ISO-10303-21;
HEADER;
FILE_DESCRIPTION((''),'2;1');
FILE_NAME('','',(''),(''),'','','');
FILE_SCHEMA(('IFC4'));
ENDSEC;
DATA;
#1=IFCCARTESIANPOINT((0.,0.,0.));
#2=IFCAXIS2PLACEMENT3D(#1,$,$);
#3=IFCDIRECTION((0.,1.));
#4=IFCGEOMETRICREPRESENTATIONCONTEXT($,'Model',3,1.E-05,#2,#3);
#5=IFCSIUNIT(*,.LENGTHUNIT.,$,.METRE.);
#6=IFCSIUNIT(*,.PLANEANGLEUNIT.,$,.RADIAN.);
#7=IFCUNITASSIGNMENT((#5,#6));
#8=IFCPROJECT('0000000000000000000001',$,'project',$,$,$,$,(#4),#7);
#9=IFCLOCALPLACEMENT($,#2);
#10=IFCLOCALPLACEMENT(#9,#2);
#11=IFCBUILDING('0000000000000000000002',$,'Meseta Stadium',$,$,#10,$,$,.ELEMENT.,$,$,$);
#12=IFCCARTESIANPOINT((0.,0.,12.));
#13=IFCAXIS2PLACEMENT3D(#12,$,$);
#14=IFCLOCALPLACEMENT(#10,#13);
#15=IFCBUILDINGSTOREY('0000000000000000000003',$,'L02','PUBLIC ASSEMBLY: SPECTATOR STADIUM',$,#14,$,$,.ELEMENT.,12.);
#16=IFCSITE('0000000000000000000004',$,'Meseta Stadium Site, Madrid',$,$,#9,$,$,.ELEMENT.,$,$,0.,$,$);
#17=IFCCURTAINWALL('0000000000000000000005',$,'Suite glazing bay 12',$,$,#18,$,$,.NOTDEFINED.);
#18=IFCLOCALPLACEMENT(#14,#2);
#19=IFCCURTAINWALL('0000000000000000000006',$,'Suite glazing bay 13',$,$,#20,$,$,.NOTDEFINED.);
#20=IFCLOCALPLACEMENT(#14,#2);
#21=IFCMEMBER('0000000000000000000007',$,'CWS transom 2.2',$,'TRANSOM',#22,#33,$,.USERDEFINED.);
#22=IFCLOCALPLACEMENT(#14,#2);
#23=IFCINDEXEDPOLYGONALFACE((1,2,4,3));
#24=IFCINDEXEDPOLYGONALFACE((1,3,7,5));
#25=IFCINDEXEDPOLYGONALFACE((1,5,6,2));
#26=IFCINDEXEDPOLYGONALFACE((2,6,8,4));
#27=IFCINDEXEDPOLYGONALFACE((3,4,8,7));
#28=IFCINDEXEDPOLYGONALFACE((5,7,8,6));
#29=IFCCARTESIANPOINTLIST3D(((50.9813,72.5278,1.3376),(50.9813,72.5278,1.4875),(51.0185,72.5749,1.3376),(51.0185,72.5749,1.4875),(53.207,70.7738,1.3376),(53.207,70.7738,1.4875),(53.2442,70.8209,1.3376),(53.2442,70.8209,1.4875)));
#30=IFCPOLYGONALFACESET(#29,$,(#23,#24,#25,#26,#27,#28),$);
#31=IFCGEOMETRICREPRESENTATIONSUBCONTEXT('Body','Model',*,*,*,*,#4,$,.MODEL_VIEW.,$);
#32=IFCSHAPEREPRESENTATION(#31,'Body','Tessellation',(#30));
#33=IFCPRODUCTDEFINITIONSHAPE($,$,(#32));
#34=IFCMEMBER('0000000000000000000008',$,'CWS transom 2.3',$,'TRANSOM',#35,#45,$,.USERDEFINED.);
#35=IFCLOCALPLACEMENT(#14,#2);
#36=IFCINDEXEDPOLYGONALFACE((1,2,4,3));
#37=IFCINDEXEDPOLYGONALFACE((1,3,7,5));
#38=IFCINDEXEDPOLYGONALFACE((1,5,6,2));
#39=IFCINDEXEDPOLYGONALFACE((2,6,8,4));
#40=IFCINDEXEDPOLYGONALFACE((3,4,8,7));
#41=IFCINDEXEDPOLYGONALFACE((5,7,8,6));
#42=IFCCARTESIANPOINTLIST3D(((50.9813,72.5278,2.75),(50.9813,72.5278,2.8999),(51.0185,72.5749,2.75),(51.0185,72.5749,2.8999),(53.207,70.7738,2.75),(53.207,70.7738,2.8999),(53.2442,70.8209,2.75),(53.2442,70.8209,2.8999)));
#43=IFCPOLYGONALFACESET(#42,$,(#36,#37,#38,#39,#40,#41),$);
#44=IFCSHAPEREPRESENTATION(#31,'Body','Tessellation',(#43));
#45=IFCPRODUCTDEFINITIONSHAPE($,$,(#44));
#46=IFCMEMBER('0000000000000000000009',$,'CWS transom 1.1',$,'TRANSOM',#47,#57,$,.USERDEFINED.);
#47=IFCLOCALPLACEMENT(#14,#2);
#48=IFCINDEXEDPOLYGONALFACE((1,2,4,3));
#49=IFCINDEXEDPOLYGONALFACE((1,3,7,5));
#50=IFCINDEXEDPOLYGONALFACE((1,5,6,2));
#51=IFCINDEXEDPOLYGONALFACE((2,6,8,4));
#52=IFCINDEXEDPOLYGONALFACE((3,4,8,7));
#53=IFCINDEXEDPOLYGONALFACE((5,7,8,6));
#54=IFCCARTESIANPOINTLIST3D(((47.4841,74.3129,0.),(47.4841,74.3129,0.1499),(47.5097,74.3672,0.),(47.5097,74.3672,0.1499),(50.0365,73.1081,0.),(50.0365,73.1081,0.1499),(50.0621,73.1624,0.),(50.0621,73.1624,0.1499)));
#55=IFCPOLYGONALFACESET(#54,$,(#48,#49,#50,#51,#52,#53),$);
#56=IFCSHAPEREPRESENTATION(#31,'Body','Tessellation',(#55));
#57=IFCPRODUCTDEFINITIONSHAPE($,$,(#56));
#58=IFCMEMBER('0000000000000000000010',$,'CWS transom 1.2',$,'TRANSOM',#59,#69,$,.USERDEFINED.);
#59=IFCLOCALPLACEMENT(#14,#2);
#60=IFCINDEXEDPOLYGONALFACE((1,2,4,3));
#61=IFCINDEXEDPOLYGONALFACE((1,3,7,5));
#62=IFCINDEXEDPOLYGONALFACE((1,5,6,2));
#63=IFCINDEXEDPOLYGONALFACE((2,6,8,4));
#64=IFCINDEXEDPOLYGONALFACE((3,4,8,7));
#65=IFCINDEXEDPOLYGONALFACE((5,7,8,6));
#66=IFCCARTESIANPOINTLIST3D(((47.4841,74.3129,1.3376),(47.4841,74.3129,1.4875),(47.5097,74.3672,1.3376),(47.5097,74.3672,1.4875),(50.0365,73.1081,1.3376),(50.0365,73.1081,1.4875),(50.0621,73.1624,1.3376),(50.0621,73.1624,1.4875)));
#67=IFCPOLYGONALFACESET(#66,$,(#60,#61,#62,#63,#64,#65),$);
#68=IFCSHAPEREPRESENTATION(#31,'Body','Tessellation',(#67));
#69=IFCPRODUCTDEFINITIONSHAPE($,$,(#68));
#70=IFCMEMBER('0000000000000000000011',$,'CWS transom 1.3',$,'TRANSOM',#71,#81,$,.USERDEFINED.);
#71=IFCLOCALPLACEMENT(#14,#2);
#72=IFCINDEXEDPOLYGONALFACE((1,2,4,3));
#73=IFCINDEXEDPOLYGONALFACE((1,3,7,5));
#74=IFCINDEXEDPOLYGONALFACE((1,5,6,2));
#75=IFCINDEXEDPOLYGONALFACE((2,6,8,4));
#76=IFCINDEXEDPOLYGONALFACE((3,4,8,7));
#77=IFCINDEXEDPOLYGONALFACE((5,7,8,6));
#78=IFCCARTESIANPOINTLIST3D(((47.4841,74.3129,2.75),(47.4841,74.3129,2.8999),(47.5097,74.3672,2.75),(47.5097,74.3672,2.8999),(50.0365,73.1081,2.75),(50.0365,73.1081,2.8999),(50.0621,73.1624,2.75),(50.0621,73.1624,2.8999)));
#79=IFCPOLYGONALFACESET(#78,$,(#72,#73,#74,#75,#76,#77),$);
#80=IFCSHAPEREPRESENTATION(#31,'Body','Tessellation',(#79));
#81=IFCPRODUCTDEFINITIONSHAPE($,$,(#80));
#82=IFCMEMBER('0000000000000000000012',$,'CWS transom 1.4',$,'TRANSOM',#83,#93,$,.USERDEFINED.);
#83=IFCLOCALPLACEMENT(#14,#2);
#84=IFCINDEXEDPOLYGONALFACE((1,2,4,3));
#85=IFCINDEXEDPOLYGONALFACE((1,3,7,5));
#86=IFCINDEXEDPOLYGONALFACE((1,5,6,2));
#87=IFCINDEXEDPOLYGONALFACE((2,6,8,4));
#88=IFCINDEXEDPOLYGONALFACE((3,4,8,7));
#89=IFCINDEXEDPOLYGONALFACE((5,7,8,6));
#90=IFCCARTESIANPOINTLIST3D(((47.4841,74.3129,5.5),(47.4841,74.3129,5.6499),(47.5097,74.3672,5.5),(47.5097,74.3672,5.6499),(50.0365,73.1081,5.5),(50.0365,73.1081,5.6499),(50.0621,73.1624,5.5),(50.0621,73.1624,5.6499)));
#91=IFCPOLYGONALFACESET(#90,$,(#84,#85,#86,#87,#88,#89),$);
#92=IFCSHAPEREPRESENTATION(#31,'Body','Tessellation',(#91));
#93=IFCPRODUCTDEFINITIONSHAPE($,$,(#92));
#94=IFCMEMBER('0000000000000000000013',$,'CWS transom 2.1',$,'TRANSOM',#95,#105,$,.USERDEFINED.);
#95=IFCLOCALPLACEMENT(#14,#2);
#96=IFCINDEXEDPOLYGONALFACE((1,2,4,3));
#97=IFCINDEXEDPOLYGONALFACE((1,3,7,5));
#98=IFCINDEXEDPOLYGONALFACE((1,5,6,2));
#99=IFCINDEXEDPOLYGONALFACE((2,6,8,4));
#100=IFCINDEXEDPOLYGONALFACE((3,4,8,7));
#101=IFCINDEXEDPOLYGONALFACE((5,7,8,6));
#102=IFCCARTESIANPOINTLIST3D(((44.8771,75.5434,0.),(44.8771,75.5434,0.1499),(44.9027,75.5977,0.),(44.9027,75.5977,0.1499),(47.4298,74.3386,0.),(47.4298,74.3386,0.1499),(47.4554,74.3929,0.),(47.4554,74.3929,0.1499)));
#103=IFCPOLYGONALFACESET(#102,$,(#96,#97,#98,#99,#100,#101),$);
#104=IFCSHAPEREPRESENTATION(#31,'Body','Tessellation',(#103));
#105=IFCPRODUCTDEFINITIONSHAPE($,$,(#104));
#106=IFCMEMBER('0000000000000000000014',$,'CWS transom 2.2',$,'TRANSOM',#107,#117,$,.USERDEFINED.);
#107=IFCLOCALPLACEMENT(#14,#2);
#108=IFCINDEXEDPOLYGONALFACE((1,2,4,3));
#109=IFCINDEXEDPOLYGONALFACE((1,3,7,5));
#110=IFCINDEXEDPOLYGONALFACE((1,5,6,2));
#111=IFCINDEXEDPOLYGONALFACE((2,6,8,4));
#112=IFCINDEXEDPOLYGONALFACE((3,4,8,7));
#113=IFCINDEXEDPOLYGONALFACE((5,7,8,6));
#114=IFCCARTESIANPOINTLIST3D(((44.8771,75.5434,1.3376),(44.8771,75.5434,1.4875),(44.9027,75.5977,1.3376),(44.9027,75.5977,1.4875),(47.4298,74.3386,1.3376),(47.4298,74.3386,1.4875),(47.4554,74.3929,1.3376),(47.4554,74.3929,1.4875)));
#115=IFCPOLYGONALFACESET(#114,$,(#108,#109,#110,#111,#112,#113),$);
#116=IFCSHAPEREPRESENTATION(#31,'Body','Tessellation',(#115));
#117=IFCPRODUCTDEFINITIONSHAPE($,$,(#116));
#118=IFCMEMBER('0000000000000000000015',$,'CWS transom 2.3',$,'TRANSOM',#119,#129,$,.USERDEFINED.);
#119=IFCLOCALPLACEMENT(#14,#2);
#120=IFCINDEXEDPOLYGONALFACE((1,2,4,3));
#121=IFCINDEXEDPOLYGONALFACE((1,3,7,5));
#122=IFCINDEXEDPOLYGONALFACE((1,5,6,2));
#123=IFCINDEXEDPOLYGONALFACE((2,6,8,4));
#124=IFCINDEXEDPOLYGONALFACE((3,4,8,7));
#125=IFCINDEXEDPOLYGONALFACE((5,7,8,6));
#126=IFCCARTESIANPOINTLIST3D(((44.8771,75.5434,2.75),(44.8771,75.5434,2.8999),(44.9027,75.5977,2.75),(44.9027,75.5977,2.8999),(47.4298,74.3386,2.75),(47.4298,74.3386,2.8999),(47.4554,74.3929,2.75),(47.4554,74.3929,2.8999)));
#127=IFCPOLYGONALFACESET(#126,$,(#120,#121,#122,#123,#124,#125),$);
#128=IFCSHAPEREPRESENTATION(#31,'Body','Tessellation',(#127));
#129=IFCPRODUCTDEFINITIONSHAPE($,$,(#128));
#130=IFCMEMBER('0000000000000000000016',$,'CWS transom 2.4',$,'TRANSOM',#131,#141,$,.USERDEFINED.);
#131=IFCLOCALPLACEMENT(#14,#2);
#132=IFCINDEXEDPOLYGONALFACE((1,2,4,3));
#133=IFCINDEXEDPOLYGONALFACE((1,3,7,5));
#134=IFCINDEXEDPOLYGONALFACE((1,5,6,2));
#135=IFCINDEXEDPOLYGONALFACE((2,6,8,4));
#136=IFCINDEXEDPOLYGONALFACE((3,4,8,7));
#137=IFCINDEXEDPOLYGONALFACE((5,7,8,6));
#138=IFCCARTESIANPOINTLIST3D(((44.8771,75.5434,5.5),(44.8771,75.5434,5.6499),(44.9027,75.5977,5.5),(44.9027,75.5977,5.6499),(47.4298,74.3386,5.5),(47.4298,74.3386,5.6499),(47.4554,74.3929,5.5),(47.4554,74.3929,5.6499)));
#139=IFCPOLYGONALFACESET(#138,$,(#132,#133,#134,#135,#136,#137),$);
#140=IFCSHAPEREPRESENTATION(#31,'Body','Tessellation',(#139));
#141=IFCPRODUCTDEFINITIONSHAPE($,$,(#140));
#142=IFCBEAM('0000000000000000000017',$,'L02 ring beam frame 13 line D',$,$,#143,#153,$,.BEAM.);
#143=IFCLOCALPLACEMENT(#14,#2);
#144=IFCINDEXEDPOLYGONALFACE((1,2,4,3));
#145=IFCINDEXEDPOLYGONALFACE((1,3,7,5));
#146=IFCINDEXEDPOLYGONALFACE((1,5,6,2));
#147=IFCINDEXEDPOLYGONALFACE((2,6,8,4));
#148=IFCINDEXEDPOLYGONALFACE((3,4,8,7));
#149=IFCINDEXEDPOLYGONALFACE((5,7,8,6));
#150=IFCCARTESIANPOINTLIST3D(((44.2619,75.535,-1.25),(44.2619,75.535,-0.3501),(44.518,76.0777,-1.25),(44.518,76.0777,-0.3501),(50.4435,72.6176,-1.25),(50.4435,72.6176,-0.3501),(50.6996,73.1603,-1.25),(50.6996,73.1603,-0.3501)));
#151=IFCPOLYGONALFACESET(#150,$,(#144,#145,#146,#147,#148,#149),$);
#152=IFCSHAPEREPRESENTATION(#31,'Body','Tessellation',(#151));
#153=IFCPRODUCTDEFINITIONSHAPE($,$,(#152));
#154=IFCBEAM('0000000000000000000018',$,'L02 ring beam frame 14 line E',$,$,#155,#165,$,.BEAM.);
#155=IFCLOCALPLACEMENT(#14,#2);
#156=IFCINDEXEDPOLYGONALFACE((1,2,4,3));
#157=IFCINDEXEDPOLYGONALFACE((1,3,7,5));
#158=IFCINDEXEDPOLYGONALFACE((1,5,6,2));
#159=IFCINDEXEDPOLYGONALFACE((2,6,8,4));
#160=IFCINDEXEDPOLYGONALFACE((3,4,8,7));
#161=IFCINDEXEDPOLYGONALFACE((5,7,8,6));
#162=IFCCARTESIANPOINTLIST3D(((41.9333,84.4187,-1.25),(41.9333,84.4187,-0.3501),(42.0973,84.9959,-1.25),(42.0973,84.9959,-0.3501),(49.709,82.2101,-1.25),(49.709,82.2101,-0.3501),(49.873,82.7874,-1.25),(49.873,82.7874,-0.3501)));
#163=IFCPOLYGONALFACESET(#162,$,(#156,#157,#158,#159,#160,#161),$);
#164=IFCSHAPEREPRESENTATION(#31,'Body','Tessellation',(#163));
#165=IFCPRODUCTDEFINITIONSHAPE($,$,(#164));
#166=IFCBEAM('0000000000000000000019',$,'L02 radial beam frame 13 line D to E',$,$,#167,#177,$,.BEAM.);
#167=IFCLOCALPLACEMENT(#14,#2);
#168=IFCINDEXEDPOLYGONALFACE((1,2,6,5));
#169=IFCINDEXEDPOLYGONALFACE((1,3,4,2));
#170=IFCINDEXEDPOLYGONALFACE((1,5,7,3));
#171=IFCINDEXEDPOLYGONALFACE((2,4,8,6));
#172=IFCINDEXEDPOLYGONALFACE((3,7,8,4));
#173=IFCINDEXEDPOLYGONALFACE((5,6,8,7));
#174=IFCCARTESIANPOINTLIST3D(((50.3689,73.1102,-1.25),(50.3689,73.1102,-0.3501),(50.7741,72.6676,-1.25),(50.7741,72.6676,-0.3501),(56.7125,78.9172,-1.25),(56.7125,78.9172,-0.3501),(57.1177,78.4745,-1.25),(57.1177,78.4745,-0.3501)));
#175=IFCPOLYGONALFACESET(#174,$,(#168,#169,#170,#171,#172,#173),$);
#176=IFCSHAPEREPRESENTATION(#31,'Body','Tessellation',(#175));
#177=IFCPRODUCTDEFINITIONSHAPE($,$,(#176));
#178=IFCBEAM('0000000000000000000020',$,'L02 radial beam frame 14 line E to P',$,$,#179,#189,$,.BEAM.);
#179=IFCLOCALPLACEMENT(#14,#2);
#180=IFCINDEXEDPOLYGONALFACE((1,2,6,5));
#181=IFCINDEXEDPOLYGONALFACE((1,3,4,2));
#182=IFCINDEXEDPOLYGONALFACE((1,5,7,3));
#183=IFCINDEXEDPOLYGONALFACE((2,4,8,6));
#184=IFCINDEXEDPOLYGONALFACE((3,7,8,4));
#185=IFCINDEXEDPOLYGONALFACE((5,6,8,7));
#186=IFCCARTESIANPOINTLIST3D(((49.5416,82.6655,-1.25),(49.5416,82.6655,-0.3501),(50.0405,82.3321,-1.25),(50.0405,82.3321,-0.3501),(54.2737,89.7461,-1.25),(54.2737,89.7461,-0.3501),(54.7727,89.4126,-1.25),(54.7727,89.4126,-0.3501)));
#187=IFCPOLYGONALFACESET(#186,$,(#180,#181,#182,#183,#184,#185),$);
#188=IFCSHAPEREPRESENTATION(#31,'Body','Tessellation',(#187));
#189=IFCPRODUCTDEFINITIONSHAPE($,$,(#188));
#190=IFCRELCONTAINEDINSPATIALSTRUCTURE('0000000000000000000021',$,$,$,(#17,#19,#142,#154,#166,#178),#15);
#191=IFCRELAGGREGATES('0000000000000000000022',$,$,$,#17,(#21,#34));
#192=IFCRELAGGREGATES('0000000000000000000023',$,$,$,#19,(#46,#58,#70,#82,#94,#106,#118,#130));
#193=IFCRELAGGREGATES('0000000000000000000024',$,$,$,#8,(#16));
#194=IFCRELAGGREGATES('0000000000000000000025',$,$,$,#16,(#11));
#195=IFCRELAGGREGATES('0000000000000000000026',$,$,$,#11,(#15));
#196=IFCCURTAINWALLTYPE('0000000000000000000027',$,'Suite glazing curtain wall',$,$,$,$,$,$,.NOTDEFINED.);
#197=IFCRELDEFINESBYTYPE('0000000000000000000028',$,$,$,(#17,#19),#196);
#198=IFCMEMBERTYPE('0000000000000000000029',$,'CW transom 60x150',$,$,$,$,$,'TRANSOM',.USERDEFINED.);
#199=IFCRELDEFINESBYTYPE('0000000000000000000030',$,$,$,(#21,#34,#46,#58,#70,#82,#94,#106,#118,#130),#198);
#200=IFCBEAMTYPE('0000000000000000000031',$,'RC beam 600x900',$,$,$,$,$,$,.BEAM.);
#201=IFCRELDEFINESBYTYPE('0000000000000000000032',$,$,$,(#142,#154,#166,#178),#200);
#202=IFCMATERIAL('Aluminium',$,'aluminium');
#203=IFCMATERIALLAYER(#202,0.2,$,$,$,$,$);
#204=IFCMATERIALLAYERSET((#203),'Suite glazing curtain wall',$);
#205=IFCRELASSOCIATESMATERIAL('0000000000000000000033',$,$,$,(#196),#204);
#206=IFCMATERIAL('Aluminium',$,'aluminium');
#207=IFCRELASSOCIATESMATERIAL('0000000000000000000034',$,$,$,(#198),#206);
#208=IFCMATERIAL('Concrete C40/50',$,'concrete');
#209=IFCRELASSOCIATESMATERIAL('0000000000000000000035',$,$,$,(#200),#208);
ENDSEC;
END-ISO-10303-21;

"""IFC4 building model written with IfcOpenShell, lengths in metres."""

from ifc_helpers import new_model, si_unit, direction, frame, origin, origin_2d, place, context, subcontext, project, spatial, rectangle, extrude, material, layer, layer_set, material_profile, profile_set, type_object, element, aggregate, save


model = new_model("IFC4")

# Units and contexts
model_context = context("Model", 3, precision=1e-05, world=origin(), true_north=direction((0.0, 1.0)))
body_context = subcontext(model_context, "Body", "Model", "MODEL_VIEW")
ifc_project = project(units=[si_unit("LENGTHUNIT", "METRE"), si_unit("PLANEANGLEUNIT", "RADIAN")], contexts=[model_context])

# Site, building, storey
site_placement = place(None, origin())
site = spatial("IfcSite", under=ifc_project, at=site_placement, Name="Meseta Stadium Site, Madrid", CompositionType="ELEMENT", RefElevation=0.0)
building_placement = place(site_placement, origin())
building = spatial("IfcBuilding", under=site, at=building_placement, Name="Meseta Stadium", CompositionType="ELEMENT")
storey_placement = place(building_placement, frame((0.0, 0.0, 12.0)))
storey = spatial("IfcBuildingStorey", under=building, at=storey_placement, Name="L02", Description="PUBLIC ASSEMBLY: SPECTATOR STADIUM", CompositionType="ELEMENT", Elevation=12.0)

# Curtain wall
ifc_material_1 = material(Name="Aluminium", Category="aluminium")
ifc_layer_1 = layer(ifc_material_1, 0.2)
ifc_layer_set_1 = layer_set([ifc_layer_1], Name="Suite glazing curtain wall")
curtain_wall_type = type_object("IfcCurtainWallType", Name="Suite glazing curtain wall", PredefinedType="NOTDEFINED", material=ifc_layer_set_1)
curtain_wall_1_placement = place(storey_placement, origin())
curtain_wall_1 = element("IfcCurtainWall", 1, at=curtain_wall_1_placement, inside=storey, type_object=curtain_wall_type, Name="Suite glazing bay 12", PredefinedType="NOTDEFINED")

# Curtain wall
curtain_wall_2_placement = place(storey_placement, origin())
curtain_wall_2 = element("IfcCurtainWall", 2, at=curtain_wall_2_placement, inside=storey, type_object=curtain_wall_type, Name="Suite glazing bay 13", PredefinedType="NOTDEFINED")

# Members
ifc_material_2 = material(Name="Aluminium", Category="aluminium")
ifc_material_profile_1 = material_profile(ifc_material_2, rectangle(XDim=0.0601, YDim=0.1499, at=origin_2d()), Name="CW 60x150")
ifc_profile_set_1 = profile_set([ifc_material_profile_1], Name="Aluminium")
member_type_1 = type_object("IfcMemberType", Name="CW transom 60x150", ElementType="TRANSOM", PredefinedType="USERDEFINED", material=ifc_profile_set_1)
member_1_placement = place(storey_placement, frame((53.2256, 70.7974, 1.4126), z_axis=(-0.785421, 0.618962, 0.0), x_axis=(-0.618962, -0.785421, 0.0)))
member_1 = element("IfcMember", 3, at=member_1_placement, type_object=member_type_1, Name="CWS transom 2.2", ObjectType="TRANSOM", PredefinedType="USERDEFINED", context=body_context, shape_type="SweptSolid", body=[
    extrude(rectangle(XDim=0.0601, YDim=0.1499, at=origin_2d()), origin(), (0.0, 0.0, 1.0), 2.8337),
])
member_2_placement = place(storey_placement, frame((53.2256, 70.7974, 2.825), z_axis=(-0.785421, 0.618962, 0.0), x_axis=(-0.618962, -0.785421, 0.0)))
member_2 = element("IfcMember", 4, at=member_2_placement, type_object=member_type_1, Name="CWS transom 2.3", ObjectType="TRANSOM", PredefinedType="USERDEFINED", context=body_context, shape_type="SweptSolid", body=[
    extrude(rectangle(XDim=0.0601, YDim=0.1499, at=origin_2d()), origin(), (0.0, 0.0, 1.0), 2.8337),
])
member_3_placement = place(storey_placement, frame((50.0493, 73.1353, 0.075), z_axis=(-0.904318, 0.426859, 0.0), x_axis=(-0.426859, -0.904318, 0.0)))
member_3 = element("IfcMember", 5, at=member_3_placement, type_object=member_type_1, Name="CWS transom 1.1", ObjectType="TRANSOM", PredefinedType="USERDEFINED", context=body_context, shape_type="SweptSolid", body=[
    extrude(rectangle(XDim=0.0601, YDim=0.1499, at=origin_2d()), origin(), (0.0, 0.0, 1.0), 2.8225),
])
member_4_placement = place(storey_placement, frame((50.0493, 73.1353, 1.4126), z_axis=(-0.904318, 0.426859, 0.0), x_axis=(-0.426859, -0.904318, 0.0)))
member_4 = element("IfcMember", 6, at=member_4_placement, type_object=member_type_1, Name="CWS transom 1.2", ObjectType="TRANSOM", PredefinedType="USERDEFINED", context=body_context, shape_type="SweptSolid", body=[
    extrude(rectangle(XDim=0.0601, YDim=0.1499, at=origin_2d()), origin(), (0.0, 0.0, 1.0), 2.8225),
])
member_5_placement = place(storey_placement, frame((50.0493, 73.1353, 2.825), z_axis=(-0.904318, 0.426859, 0.0), x_axis=(-0.426859, -0.904318, 0.0)))
member_5 = element("IfcMember", 7, at=member_5_placement, type_object=member_type_1, Name="CWS transom 1.3", ObjectType="TRANSOM", PredefinedType="USERDEFINED", context=body_context, shape_type="SweptSolid", body=[
    extrude(rectangle(XDim=0.0601, YDim=0.1499, at=origin_2d()), origin(), (0.0, 0.0, 1.0), 2.8225),
])
member_6_placement = place(storey_placement, frame((50.0493, 73.1353, 5.575), z_axis=(-0.904318, 0.426859, 0.0), x_axis=(-0.426859, -0.904318, 0.0)))
member_6 = element("IfcMember", 8, at=member_6_placement, type_object=member_type_1, Name="CWS transom 1.4", ObjectType="TRANSOM", PredefinedType="USERDEFINED", context=body_context, shape_type="SweptSolid", body=[
    extrude(rectangle(XDim=0.0601, YDim=0.1499, at=origin_2d()), origin(), (0.0, 0.0, 1.0), 2.8225),
])
member_7_placement = place(storey_placement, frame((47.4426, 74.3657, 0.075), z_axis=(-0.904334, 0.426826, 0.0), x_axis=(-0.426826, -0.904334, 0.0)))
member_7 = element("IfcMember", 9, at=member_7_placement, type_object=member_type_1, Name="CWS transom 2.1", ObjectType="TRANSOM", PredefinedType="USERDEFINED", context=body_context, shape_type="SweptSolid", body=[
    extrude(rectangle(XDim=0.0601, YDim=0.1499, at=origin_2d()), origin(), (0.0, 0.0, 1.0), 2.8228),
])
member_8_placement = place(storey_placement, frame((47.4426, 74.3657, 1.4126), z_axis=(-0.904334, 0.426826, 0.0), x_axis=(-0.426826, -0.904334, 0.0)))
member_8 = element("IfcMember", 10, at=member_8_placement, type_object=member_type_1, Name="CWS transom 2.2", ObjectType="TRANSOM", PredefinedType="USERDEFINED", context=body_context, shape_type="SweptSolid", body=[
    extrude(rectangle(XDim=0.0601, YDim=0.1499, at=origin_2d()), origin(), (0.0, 0.0, 1.0), 2.8228),
])
member_9_placement = place(storey_placement, frame((47.4426, 74.3657, 2.825), z_axis=(-0.904334, 0.426826, 0.0), x_axis=(-0.426826, -0.904334, 0.0)))
member_9 = element("IfcMember", 11, at=member_9_placement, type_object=member_type_1, Name="CWS transom 2.3", ObjectType="TRANSOM", PredefinedType="USERDEFINED", context=body_context, shape_type="SweptSolid", body=[
    extrude(rectangle(XDim=0.0601, YDim=0.1499, at=origin_2d()), origin(), (0.0, 0.0, 1.0), 2.8228),
])
member_10_placement = place(storey_placement, frame((47.4426, 74.3657, 5.575), z_axis=(-0.904334, 0.426826, 0.0), x_axis=(-0.426826, -0.904334, 0.0)))
member_10 = element("IfcMember", 12, at=member_10_placement, type_object=member_type_1, Name="CWS transom 2.4", ObjectType="TRANSOM", PredefinedType="USERDEFINED", context=body_context, shape_type="SweptSolid", body=[
    extrude(rectangle(XDim=0.0601, YDim=0.1499, at=origin_2d()), origin(), (0.0, 0.0, 1.0), 2.8228),
])

# Beams
ifc_material_3 = material(Name="Concrete C40/50", Category="concrete")
ifc_material_profile_2 = material_profile(ifc_material_3, rectangle(XDim=0.6001, YDim=0.8999, at=origin_2d()), Name="RC 600x900")
ifc_profile_set_2 = profile_set([ifc_material_profile_2], Name="Concrete C40/50")
beam_type = type_object("IfcBeamType", Name="RC beam 600x900", PredefinedType="BEAM", material=ifc_profile_set_2)
beam_1_placement = place(storey_placement, frame((50.5715, 72.8889, -0.8), z_axis=(-0.904341, 0.426812, 0.0), x_axis=(-0.426812, -0.904341, 0.0)))
element("IfcBeam", 13, at=beam_1_placement, inside=storey, type_object=beam_type, Name="L02 ring beam frame 13 line D", PredefinedType="BEAM", context=body_context, shape_type="SweptSolid", body=[
    extrude(rectangle(XDim=0.6001, YDim=0.8999, at=origin_2d()), origin(), (0.0, 0.0, 1.0), 6.8354),
])
beam_2_placement = place(storey_placement, frame((49.791, 82.4988, -0.8), z_axis=(-0.961951, 0.273221, 0.0), x_axis=(-0.273221, -0.961951, 0.0)))
element("IfcBeam", 14, at=beam_2_placement, inside=storey, type_object=beam_type, Name="L02 ring beam frame 14 line E", PredefinedType="BEAM", context=body_context, shape_type="SweptSolid", body=[
    extrude(rectangle(XDim=0.6001, YDim=0.8999, at=origin_2d()), origin(), (0.0, 0.0, 1.0), 8.0833),
])
beam_3_placement = place(storey_placement, frame((50.5715, 72.8889, -0.8), z_axis=(0.737617, 0.675219, 0.0), x_axis=(-0.675219, 0.737617, 0.0)))
element("IfcBeam", 15, at=beam_3_placement, inside=storey, type_object=beam_type, Name="L02 radial beam frame 13 line D to E", PredefinedType="BEAM", context=body_context, shape_type="SweptSolid", body=[
    extrude(rectangle(XDim=0.6001, YDim=0.8999, at=origin_2d()), origin(), (0.0, 0.0, 1.0), 8.6001),
])
beam_4_placement = place(storey_placement, frame((49.791, 82.4988, -0.8), z_axis=(0.555659, 0.83141, 0.0), x_axis=(-0.83141, 0.555659, 0.0)))
element("IfcBeam", 16, at=beam_4_placement, inside=storey, type_object=beam_type, Name="L02 radial beam frame 14 line E to P", PredefinedType="BEAM", context=body_context, shape_type="SweptSolid", body=[
    extrude(rectangle(XDim=0.6001, YDim=0.8999, at=origin_2d()), origin(), (0.0, 0.0, 1.0), 8.5164),
])

aggregate(curtain_wall_1, [member_1, member_2])
aggregate(curtain_wall_2, [member_3, member_4, member_5, member_6, member_7, member_8, member_9, member_10])

save(model, "model.ifc")
